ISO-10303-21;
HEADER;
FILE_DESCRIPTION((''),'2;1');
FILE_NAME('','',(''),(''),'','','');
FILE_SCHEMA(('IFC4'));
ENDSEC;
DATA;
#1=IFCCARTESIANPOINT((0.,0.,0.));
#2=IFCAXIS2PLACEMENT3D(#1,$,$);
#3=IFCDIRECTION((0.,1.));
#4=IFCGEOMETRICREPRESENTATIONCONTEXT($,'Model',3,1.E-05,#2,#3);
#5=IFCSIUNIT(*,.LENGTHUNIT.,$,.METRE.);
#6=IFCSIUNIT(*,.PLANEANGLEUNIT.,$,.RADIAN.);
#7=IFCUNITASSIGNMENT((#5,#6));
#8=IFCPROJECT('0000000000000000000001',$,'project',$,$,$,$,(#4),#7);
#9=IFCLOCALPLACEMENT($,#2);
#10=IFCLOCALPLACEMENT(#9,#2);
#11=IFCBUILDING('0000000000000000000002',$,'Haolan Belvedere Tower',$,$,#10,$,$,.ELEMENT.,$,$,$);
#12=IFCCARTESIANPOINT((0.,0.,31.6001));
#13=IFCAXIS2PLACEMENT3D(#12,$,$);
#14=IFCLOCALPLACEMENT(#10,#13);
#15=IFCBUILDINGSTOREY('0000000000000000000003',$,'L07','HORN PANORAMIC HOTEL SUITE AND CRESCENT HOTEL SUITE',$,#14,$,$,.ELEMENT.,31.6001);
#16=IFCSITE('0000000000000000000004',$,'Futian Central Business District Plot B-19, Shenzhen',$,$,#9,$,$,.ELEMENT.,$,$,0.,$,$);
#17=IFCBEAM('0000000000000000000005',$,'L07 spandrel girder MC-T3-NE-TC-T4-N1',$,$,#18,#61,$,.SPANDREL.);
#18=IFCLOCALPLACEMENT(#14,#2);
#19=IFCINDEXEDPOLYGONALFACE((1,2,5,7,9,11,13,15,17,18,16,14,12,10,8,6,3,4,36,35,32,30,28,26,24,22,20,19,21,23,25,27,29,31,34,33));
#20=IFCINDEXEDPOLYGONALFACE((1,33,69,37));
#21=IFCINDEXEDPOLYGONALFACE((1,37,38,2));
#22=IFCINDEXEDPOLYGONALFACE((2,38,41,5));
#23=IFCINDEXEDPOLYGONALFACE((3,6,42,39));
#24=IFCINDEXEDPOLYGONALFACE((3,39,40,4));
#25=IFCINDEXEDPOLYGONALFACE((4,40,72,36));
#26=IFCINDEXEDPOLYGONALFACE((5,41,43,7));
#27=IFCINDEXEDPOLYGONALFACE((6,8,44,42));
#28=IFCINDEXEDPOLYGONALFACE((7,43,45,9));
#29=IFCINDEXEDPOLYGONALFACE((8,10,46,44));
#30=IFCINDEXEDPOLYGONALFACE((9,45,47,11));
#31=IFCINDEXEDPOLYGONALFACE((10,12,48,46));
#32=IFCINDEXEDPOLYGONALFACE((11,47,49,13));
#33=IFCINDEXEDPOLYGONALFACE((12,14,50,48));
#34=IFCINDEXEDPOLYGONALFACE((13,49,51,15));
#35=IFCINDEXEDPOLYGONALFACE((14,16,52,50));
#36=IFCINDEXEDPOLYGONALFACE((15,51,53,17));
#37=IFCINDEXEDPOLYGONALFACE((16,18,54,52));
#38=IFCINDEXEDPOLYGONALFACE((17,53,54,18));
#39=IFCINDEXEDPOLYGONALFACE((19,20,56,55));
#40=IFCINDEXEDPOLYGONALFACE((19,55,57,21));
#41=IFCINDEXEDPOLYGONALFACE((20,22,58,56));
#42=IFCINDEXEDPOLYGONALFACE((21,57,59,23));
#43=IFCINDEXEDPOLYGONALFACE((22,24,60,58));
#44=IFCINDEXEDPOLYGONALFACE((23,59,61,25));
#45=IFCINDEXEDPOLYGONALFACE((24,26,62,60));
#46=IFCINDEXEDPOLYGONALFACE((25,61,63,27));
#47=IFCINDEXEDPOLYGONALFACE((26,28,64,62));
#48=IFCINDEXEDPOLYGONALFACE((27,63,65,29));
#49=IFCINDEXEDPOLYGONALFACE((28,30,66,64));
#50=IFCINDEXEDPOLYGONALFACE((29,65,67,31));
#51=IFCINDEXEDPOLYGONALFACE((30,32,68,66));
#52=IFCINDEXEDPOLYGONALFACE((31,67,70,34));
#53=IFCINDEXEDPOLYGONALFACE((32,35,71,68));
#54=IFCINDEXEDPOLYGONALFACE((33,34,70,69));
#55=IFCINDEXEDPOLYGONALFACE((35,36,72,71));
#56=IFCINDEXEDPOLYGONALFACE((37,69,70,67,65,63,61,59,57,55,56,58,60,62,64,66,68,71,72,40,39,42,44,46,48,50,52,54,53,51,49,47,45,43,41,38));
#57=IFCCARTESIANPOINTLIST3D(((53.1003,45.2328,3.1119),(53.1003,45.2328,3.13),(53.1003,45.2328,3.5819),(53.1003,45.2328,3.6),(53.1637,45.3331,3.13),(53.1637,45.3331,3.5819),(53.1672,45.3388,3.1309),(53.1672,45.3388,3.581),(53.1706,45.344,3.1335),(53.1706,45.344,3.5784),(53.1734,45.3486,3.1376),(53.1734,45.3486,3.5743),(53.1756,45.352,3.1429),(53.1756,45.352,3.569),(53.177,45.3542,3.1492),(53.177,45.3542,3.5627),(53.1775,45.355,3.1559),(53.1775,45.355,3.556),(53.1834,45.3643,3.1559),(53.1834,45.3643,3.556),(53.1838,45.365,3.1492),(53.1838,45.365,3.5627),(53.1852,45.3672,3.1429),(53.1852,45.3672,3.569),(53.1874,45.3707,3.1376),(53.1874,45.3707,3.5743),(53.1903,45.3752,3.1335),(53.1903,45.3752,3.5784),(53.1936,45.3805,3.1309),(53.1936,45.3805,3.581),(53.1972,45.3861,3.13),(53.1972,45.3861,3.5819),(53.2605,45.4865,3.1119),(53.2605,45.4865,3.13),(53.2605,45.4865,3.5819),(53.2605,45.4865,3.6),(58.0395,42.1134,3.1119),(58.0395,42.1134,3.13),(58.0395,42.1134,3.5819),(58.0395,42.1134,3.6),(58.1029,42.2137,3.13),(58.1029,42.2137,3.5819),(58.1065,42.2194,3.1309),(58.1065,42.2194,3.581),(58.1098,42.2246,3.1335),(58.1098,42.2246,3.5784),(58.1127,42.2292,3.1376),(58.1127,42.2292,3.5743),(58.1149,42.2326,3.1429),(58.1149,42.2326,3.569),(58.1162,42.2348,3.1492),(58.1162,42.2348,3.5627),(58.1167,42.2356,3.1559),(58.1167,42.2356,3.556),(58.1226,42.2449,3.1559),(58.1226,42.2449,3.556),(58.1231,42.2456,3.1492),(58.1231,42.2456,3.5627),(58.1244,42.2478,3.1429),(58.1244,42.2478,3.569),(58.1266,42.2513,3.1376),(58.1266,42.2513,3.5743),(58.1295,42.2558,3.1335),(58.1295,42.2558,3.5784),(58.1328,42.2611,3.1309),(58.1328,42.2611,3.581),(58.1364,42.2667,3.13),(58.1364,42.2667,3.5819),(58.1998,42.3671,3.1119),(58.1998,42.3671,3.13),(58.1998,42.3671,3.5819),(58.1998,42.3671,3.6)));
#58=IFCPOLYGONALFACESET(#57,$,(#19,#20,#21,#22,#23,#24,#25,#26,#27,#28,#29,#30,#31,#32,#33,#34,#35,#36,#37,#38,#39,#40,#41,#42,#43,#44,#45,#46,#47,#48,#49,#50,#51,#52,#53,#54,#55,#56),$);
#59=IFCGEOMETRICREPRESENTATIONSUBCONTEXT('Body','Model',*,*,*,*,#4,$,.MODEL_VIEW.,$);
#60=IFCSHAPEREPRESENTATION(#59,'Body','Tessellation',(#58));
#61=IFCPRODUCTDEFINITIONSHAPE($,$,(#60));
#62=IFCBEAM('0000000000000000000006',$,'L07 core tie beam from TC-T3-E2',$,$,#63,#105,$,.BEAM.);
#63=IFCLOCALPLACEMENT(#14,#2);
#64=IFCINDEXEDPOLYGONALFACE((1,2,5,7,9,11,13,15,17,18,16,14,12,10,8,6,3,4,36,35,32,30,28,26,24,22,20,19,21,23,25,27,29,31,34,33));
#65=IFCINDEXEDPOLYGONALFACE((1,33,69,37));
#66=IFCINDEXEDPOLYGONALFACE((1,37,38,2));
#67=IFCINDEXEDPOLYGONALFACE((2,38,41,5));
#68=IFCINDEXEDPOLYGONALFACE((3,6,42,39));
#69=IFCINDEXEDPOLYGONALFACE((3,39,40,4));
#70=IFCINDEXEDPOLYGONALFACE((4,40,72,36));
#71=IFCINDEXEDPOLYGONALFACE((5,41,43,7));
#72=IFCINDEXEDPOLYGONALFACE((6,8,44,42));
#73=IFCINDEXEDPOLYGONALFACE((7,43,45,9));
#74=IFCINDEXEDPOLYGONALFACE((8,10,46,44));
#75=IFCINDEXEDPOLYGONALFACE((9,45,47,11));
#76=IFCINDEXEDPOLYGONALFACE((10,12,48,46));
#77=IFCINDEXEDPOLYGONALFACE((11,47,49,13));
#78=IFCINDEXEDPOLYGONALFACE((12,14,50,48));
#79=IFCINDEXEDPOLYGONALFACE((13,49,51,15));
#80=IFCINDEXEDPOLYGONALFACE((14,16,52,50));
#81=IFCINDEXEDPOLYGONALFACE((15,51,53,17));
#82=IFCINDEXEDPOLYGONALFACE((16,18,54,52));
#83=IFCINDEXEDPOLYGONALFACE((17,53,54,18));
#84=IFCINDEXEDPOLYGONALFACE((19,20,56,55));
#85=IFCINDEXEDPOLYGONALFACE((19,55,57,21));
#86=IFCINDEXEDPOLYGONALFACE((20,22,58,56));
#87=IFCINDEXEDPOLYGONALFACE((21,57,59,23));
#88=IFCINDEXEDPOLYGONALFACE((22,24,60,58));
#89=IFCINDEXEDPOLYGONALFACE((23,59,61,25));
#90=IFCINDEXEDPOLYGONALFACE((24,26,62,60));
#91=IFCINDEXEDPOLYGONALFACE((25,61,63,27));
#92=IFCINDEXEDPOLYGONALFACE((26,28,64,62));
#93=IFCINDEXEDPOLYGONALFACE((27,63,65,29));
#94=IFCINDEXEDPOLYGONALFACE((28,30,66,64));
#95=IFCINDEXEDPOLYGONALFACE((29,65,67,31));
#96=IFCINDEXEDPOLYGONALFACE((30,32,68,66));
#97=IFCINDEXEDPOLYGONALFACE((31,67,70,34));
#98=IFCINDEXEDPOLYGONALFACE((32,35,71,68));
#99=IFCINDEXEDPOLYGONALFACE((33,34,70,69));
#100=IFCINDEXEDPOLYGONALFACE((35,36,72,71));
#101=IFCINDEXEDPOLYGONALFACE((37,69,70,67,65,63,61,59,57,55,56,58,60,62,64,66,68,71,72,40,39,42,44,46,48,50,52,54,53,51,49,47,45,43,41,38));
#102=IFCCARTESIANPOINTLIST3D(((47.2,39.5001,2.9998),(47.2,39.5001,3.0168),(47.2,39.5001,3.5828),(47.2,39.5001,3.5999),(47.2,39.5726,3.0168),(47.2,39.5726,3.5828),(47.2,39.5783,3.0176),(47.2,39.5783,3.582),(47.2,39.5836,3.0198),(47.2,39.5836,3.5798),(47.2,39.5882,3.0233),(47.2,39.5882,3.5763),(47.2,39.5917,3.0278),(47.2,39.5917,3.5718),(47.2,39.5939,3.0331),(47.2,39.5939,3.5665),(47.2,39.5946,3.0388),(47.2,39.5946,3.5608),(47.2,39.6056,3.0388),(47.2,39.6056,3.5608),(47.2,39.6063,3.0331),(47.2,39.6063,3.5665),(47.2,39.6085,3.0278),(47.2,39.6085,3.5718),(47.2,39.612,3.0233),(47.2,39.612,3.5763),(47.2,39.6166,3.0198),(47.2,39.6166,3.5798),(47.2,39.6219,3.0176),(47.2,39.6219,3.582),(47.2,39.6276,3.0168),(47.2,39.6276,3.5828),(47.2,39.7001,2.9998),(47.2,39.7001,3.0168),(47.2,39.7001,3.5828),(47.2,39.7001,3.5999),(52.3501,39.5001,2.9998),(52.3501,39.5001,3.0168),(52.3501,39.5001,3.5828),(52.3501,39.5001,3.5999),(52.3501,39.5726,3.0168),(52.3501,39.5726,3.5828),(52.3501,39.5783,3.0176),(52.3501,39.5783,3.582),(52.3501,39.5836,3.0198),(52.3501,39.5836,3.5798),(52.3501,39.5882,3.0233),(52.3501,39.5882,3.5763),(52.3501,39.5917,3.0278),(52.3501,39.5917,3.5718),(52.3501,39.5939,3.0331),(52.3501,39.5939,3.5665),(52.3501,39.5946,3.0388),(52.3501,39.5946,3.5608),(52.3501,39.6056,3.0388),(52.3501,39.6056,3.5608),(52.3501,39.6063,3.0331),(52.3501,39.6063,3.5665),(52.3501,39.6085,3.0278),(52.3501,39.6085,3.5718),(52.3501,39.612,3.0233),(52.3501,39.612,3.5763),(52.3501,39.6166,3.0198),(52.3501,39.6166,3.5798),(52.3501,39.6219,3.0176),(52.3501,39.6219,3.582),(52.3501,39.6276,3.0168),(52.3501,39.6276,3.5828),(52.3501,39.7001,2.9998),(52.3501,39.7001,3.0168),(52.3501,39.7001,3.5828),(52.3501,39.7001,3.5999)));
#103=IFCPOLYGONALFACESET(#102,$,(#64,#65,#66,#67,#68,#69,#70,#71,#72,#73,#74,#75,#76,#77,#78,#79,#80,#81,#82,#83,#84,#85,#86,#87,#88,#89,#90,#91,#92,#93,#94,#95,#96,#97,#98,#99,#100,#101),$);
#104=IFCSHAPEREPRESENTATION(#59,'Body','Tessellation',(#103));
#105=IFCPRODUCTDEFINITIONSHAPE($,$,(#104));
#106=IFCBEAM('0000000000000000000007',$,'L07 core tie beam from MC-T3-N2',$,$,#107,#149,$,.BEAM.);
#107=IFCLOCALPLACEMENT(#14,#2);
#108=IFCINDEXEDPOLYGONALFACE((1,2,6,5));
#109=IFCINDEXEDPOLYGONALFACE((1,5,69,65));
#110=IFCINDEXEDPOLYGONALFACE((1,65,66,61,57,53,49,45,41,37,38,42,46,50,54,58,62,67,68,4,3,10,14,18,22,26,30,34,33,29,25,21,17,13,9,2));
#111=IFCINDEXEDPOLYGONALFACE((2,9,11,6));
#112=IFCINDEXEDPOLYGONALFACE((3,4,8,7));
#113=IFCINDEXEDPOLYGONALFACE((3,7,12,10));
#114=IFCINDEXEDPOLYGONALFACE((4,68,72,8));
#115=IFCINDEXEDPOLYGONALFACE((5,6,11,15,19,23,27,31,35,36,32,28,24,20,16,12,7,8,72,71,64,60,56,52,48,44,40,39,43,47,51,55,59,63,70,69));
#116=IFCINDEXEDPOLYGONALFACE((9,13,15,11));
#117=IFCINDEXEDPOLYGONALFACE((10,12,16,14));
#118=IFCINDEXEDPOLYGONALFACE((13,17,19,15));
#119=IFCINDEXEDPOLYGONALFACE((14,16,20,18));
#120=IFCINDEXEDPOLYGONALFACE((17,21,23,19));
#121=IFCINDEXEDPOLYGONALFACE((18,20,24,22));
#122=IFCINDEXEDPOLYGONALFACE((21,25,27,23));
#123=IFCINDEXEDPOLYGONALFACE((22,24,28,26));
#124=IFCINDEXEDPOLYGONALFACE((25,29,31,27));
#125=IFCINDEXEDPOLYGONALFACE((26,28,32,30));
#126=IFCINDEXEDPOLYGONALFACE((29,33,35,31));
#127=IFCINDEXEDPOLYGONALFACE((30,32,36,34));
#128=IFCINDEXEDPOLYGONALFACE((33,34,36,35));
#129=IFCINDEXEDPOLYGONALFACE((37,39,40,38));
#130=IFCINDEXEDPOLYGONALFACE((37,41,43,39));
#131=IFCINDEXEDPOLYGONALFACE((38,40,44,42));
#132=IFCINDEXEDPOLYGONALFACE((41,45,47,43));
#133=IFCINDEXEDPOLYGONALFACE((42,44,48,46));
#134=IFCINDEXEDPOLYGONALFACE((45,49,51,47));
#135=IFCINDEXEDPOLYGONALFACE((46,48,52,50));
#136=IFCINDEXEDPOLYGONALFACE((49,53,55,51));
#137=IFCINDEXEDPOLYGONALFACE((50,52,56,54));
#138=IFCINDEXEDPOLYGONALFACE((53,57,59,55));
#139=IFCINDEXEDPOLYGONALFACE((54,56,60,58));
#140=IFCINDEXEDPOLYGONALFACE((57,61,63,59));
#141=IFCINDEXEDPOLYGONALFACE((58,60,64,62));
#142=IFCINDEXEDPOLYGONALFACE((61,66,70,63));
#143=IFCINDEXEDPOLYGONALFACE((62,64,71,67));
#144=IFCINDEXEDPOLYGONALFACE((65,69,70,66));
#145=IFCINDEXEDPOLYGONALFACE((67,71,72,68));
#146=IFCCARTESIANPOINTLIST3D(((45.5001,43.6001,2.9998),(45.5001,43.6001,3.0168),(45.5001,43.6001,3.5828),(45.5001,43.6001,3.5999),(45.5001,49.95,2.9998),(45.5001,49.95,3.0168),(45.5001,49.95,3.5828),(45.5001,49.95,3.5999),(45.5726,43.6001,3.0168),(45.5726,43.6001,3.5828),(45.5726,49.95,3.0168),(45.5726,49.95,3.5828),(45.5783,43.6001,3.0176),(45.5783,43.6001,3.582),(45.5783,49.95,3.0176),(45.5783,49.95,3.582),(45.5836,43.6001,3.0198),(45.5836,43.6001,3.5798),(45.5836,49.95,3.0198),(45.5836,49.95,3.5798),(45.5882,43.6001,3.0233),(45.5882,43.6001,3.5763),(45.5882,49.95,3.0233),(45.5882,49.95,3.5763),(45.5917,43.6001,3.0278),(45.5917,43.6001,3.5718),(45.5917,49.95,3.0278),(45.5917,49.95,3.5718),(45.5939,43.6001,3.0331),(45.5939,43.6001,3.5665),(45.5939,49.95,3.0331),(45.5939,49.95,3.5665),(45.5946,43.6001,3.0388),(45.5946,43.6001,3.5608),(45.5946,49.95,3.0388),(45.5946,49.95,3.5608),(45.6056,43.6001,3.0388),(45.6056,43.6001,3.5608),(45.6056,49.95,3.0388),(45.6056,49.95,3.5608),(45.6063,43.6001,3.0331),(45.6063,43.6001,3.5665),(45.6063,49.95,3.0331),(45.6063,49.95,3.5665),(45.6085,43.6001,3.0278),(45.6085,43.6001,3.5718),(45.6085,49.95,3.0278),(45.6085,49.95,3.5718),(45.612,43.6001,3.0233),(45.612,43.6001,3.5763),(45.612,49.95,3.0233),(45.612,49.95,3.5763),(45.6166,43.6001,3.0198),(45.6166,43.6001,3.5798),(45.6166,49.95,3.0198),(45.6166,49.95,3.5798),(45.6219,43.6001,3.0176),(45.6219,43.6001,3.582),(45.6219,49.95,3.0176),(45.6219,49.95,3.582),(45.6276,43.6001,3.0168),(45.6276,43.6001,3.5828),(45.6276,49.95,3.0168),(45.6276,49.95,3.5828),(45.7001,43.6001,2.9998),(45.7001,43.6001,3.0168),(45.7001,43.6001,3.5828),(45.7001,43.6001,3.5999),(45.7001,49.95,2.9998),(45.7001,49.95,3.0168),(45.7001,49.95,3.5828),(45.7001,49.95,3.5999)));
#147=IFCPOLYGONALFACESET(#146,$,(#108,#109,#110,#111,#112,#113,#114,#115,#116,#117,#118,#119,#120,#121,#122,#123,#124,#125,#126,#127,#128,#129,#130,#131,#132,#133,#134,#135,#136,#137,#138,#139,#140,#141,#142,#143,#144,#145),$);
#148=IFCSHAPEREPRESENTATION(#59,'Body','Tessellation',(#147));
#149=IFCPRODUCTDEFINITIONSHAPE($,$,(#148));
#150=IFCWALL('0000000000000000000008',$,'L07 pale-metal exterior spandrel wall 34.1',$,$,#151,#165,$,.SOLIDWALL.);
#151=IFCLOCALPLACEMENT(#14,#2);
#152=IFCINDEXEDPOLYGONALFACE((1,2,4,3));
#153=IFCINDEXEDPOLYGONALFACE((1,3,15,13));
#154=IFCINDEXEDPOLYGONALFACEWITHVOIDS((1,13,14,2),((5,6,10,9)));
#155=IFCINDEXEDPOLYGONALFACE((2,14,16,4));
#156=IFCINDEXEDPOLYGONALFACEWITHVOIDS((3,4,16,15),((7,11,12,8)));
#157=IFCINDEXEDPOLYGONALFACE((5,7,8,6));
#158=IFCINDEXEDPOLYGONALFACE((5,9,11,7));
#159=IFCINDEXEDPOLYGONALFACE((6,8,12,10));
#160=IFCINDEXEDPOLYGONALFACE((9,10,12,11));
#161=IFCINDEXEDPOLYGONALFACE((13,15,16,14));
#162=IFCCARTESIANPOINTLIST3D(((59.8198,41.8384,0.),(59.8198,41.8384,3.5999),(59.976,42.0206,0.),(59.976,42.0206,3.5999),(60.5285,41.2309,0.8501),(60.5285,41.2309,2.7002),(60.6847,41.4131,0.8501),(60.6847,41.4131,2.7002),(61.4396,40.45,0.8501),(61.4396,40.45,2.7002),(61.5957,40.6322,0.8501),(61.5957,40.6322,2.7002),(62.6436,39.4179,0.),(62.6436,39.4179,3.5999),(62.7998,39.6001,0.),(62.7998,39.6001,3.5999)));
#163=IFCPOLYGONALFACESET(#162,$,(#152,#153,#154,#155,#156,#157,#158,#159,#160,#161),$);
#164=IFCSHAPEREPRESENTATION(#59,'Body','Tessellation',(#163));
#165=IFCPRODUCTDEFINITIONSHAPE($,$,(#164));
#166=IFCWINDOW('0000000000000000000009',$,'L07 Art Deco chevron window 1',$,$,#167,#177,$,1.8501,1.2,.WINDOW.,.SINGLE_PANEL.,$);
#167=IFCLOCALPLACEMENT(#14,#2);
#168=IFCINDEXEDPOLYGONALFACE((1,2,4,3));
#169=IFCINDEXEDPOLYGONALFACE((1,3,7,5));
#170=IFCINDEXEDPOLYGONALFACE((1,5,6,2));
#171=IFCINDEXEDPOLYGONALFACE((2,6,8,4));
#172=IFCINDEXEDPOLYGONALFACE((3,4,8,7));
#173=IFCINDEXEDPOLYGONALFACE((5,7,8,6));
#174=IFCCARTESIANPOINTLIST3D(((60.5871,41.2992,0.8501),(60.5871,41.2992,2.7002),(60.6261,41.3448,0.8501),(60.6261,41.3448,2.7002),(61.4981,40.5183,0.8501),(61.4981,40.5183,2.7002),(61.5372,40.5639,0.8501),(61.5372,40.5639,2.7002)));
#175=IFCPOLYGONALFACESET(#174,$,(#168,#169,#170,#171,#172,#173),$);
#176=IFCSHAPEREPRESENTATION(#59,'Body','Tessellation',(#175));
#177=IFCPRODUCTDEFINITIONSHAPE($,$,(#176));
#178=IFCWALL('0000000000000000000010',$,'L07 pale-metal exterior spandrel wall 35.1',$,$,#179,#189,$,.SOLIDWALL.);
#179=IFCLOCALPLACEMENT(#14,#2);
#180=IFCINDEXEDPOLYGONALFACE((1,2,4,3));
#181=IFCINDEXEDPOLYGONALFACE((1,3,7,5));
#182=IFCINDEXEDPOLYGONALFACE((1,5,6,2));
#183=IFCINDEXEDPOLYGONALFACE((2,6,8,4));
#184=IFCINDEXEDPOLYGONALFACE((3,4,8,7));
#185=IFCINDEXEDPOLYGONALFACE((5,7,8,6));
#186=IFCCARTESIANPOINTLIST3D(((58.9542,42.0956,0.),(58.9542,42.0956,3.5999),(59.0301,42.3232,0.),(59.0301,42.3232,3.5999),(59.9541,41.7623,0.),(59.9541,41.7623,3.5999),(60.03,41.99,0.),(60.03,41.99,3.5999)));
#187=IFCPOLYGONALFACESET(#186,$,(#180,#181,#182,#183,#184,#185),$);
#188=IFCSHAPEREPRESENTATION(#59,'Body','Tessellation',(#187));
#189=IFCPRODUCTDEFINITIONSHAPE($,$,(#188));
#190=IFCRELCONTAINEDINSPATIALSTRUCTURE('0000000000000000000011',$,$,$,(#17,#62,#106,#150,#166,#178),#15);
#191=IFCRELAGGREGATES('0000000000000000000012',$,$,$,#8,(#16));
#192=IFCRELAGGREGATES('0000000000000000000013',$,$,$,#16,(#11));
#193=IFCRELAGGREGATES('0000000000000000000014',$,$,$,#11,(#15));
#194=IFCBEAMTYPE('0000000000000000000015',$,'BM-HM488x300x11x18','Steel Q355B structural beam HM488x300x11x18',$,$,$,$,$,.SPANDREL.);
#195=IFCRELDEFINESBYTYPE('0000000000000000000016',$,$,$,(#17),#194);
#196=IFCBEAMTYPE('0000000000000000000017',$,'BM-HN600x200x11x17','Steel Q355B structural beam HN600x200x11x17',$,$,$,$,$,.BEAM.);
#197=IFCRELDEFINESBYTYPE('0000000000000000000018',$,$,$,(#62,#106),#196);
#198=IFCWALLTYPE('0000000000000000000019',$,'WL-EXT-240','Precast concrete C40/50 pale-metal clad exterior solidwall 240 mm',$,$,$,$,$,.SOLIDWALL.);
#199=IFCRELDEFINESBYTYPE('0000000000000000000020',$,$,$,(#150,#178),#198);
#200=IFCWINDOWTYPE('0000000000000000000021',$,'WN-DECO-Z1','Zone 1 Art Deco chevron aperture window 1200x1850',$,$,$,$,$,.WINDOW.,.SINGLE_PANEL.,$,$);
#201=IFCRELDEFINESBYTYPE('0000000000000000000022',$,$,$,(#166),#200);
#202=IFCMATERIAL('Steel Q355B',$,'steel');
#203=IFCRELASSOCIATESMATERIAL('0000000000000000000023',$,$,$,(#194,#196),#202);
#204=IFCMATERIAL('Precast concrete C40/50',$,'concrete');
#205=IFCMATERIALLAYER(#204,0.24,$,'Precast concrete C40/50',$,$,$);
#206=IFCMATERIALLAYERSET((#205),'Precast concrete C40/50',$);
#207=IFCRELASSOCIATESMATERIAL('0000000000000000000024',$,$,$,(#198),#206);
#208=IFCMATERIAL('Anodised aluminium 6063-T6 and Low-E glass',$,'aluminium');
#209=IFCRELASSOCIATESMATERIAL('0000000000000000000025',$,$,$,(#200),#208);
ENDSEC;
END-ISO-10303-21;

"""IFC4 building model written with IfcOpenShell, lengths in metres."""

from ifc_helpers import new_model, si_unit, direction, frame, frame_2d, origin, origin_2d, place, context, subcontext, project, spatial, rectangle, i_section, extrude, material, layer, layer_set, material_profile, profile_set, type_object, element, fill, save


model = new_model("IFC4")

# Units and contexts
model_context = context("Model", 3, precision=1e-05, world=origin(), true_north=direction((0.0, 1.0)))
body_context = subcontext(model_context, "Body", "Model", "MODEL_VIEW")
ifc_project = project(units=[si_unit("LENGTHUNIT", "METRE"), si_unit("PLANEANGLEUNIT", "RADIAN")], contexts=[model_context])

# Site, building, storey
site_placement = place(None, origin())
site = spatial("IfcSite", under=ifc_project, at=site_placement, Name="Futian Central Business District Plot B-19, Shenzhen", CompositionType="ELEMENT", RefElevation=0.0)
building_placement = place(site_placement, origin())
building = spatial("IfcBuilding", under=site, at=building_placement, Name="Haolan Belvedere Tower", CompositionType="ELEMENT")
storey_placement = place(building_placement, frame((0.0, 0.0, 31.6001)))
storey = spatial("IfcBuildingStorey", under=building, at=storey_placement, Name="L07", Description="HORN PANORAMIC HOTEL SUITE AND CRESCENT HOTEL SUITE", CompositionType="ELEMENT", Elevation=31.6001)

# Shared definitions
ifc_material_1 = material(Name="Steel Q355B", Category="steel")

# Beams
ifc_material_profile_1 = material_profile(ifc_material_1, i_section(OverallWidth=0.3, OverallDepth=0.488, WebThickness=0.011, FlangeThickness=0.0181, FilletRadius=0.0259, at=origin_2d()), Name="Steel Q355B")
ifc_profile_set_1 = profile_set([ifc_material_profile_1], Name="Steel Q355B")
beam_type_1 = type_object("IfcBeamType", Name="BM-HM488x300x11x18", Description="Steel Q355B structural beam HM488x300x11x18", PredefinedType="SPANDREL", material=ifc_profile_set_1)
beam_1_placement = place(storey_placement, frame((53.1804, 45.3596, 3.356), z_axis=(0.845498, -0.533979, 0.0), x_axis=(0.533979, 0.845498, 0.0)))
element("IfcBeam", 1, at=beam_1_placement, inside=storey, type_object=beam_type_1, Name="L07 spandrel girder MC-T3-NE-TC-T4-N1", PredefinedType="SPANDREL", context=body_context, shape_type="SweptSolid", body=[
    extrude(i_section(OverallWidth=0.3, OverallDepth=0.488, WebThickness=0.011, FlangeThickness=0.0181, FilletRadius=0.0259, at=origin_2d()), origin(), (0.0, 0.0, 1.0), 5.8418),
])
ifc_material_profile_2 = material_profile(ifc_material_1, i_section(OverallWidth=0.2, OverallDepth=0.6001, WebThickness=0.011, FlangeThickness=0.0171, FilletRadius=0.022, at=origin_2d()), Name="Steel Q355B")
ifc_profile_set_2 = profile_set([ifc_material_profile_2], Name="Steel Q355B")
beam_type_2 = type_object("IfcBeamType", Name="BM-HN600x200x11x17", Description="Steel Q355B structural beam HN600x200x11x17", PredefinedType="BEAM", material=ifc_profile_set_2)
beam_2_placement = place(storey_placement, frame((52.3501, 39.6001, 3.2998), z_axis=(-1.0, 0.0, 0.0), x_axis=(0.0, -1.0, 0.0)))
element("IfcBeam", 2, at=beam_2_placement, inside=storey, type_object=beam_type_2, Name="L07 core tie beam from TC-T3-E2", PredefinedType="BEAM", context=body_context, shape_type="SweptSolid", body=[
    extrude(i_section(OverallWidth=0.2, OverallDepth=0.6001, WebThickness=0.011, FlangeThickness=0.0171, FilletRadius=0.022, at=origin_2d()), origin(), (0.0, 0.0, 1.0), 5.1501),
])
beam_3_placement = place(storey_placement, frame((45.6001, 49.95, 3.2998), z_axis=(0.0, -1.0, 0.0), x_axis=(1.0, 0.0, 0.0)))
element("IfcBeam", 3, at=beam_3_placement, inside=storey, type_object=beam_type_2, Name="L07 core tie beam from MC-T3-N2", PredefinedType="BEAM", context=body_context, shape_type="SweptSolid", body=[
    extrude(i_section(OverallWidth=0.2, OverallDepth=0.6001, WebThickness=0.011, FlangeThickness=0.0171, FilletRadius=0.022, at=origin_2d()), origin(), (0.0, 0.0, 1.0), 6.3499),
])

# Wall, opening, window
ifc_material_2 = material(Name="Precast concrete C40/50", Category="concrete")
ifc_layer_1 = layer(ifc_material_2, 0.24, Name="Precast concrete C40/50")
ifc_layer_set_1 = layer_set([ifc_layer_1], Name="Precast concrete C40/50")
wall_type_1 = type_object("IfcWallType", Name="WL-EXT-240", Description="Precast concrete C40/50 pale-metal clad exterior solidwall 240 mm", PredefinedType="SOLIDWALL", material=ifc_layer_set_1)
wall_1_placement = place(storey_placement, frame((62.7217, 39.509, 0.0), z_axis=(0.0, 0.0, 1.0), x_axis=(-0.759247, 0.650802, 0.0)))
wall_1 = element("IfcWall", 4, at=wall_1_placement, inside=storey, type_object=wall_type_1, Name="L07 pale-metal exterior spandrel wall 34.1", PredefinedType="SOLIDWALL", context=body_context, shape_type="SweptSolid", body=[
    extrude(rectangle(XDim=3.7192, YDim=0.24, at=frame_2d((1.8596, 0.0))), origin(), (0.0, 0.0, 1.0), 3.5999),
])
opening_1_placement = place(wall_1_placement, frame((1.5857, 0.0, 0.8501)))
opening_1 = element("IfcOpeningElement", 5, at=opening_1_placement, cuts=wall_1, PredefinedType="OPENING", context=body_context, shape_type="SweptSolid", body=[
    extrude(rectangle(XDim=1.2, YDim=1.8501, at=frame_2d((0.6001, 0.925))), frame((0.0, 0.1299, 0.0), z_axis=(0.0, -1.0, 0.0), x_axis=(1.0, 0.0, 0.0)), (0.0, 0.0, 1.0), 0.26),
])
ifc_material_3 = material(Name="Anodised aluminium 6063-T6 and Low-E glass", Category="aluminium")
window_type = type_object("IfcWindowType", Name="WN-DECO-Z1", Description="Zone 1 Art Deco chevron aperture window 1200x1850", PartitioningType="SINGLE_PANEL", PredefinedType="WINDOW", material=ifc_material_3)
window_1_placement = place(opening_1_placement, origin())
window_1 = element("IfcWindow", 6, at=window_1_placement, inside=storey, type_object=window_type, Name="L07 Art Deco chevron window 1", OverallHeight=1.8501, OverallWidth=1.2, PartitioningType="SINGLE_PANEL", PredefinedType="WINDOW", context=body_context, shape_type="SweptSolid", body=[
    extrude(rectangle(XDim=1.2, YDim=1.8501, at=frame_2d((0.6001, 0.925))), frame((0.0, 0.03, 0.0), z_axis=(0.0, -1.0, 0.0), x_axis=(1.0, 0.0, 0.0)), (0.0, 0.0, 1.0), 0.0601),
])
fill(opening_1, window_1)

# Wall
wall_2_placement = place(storey_placement, frame((59.9919, 41.8762, 0.0), z_axis=(0.0, 0.0, 1.0), x_axis=(-0.948706, 0.316158, 0.0)))
element("IfcWall", 7, at=wall_2_placement, inside=storey, type_object=wall_type_1, Name="L07 pale-metal exterior spandrel wall 35.1", PredefinedType="SOLIDWALL", context=body_context, shape_type="SweptSolid", body=[
    extrude(rectangle(XDim=1.054, YDim=0.24, at=frame_2d((0.5269, 0.0))), origin(), (0.0, 0.0, 1.0), 3.5999),
])

save(model, "model.ifc")
